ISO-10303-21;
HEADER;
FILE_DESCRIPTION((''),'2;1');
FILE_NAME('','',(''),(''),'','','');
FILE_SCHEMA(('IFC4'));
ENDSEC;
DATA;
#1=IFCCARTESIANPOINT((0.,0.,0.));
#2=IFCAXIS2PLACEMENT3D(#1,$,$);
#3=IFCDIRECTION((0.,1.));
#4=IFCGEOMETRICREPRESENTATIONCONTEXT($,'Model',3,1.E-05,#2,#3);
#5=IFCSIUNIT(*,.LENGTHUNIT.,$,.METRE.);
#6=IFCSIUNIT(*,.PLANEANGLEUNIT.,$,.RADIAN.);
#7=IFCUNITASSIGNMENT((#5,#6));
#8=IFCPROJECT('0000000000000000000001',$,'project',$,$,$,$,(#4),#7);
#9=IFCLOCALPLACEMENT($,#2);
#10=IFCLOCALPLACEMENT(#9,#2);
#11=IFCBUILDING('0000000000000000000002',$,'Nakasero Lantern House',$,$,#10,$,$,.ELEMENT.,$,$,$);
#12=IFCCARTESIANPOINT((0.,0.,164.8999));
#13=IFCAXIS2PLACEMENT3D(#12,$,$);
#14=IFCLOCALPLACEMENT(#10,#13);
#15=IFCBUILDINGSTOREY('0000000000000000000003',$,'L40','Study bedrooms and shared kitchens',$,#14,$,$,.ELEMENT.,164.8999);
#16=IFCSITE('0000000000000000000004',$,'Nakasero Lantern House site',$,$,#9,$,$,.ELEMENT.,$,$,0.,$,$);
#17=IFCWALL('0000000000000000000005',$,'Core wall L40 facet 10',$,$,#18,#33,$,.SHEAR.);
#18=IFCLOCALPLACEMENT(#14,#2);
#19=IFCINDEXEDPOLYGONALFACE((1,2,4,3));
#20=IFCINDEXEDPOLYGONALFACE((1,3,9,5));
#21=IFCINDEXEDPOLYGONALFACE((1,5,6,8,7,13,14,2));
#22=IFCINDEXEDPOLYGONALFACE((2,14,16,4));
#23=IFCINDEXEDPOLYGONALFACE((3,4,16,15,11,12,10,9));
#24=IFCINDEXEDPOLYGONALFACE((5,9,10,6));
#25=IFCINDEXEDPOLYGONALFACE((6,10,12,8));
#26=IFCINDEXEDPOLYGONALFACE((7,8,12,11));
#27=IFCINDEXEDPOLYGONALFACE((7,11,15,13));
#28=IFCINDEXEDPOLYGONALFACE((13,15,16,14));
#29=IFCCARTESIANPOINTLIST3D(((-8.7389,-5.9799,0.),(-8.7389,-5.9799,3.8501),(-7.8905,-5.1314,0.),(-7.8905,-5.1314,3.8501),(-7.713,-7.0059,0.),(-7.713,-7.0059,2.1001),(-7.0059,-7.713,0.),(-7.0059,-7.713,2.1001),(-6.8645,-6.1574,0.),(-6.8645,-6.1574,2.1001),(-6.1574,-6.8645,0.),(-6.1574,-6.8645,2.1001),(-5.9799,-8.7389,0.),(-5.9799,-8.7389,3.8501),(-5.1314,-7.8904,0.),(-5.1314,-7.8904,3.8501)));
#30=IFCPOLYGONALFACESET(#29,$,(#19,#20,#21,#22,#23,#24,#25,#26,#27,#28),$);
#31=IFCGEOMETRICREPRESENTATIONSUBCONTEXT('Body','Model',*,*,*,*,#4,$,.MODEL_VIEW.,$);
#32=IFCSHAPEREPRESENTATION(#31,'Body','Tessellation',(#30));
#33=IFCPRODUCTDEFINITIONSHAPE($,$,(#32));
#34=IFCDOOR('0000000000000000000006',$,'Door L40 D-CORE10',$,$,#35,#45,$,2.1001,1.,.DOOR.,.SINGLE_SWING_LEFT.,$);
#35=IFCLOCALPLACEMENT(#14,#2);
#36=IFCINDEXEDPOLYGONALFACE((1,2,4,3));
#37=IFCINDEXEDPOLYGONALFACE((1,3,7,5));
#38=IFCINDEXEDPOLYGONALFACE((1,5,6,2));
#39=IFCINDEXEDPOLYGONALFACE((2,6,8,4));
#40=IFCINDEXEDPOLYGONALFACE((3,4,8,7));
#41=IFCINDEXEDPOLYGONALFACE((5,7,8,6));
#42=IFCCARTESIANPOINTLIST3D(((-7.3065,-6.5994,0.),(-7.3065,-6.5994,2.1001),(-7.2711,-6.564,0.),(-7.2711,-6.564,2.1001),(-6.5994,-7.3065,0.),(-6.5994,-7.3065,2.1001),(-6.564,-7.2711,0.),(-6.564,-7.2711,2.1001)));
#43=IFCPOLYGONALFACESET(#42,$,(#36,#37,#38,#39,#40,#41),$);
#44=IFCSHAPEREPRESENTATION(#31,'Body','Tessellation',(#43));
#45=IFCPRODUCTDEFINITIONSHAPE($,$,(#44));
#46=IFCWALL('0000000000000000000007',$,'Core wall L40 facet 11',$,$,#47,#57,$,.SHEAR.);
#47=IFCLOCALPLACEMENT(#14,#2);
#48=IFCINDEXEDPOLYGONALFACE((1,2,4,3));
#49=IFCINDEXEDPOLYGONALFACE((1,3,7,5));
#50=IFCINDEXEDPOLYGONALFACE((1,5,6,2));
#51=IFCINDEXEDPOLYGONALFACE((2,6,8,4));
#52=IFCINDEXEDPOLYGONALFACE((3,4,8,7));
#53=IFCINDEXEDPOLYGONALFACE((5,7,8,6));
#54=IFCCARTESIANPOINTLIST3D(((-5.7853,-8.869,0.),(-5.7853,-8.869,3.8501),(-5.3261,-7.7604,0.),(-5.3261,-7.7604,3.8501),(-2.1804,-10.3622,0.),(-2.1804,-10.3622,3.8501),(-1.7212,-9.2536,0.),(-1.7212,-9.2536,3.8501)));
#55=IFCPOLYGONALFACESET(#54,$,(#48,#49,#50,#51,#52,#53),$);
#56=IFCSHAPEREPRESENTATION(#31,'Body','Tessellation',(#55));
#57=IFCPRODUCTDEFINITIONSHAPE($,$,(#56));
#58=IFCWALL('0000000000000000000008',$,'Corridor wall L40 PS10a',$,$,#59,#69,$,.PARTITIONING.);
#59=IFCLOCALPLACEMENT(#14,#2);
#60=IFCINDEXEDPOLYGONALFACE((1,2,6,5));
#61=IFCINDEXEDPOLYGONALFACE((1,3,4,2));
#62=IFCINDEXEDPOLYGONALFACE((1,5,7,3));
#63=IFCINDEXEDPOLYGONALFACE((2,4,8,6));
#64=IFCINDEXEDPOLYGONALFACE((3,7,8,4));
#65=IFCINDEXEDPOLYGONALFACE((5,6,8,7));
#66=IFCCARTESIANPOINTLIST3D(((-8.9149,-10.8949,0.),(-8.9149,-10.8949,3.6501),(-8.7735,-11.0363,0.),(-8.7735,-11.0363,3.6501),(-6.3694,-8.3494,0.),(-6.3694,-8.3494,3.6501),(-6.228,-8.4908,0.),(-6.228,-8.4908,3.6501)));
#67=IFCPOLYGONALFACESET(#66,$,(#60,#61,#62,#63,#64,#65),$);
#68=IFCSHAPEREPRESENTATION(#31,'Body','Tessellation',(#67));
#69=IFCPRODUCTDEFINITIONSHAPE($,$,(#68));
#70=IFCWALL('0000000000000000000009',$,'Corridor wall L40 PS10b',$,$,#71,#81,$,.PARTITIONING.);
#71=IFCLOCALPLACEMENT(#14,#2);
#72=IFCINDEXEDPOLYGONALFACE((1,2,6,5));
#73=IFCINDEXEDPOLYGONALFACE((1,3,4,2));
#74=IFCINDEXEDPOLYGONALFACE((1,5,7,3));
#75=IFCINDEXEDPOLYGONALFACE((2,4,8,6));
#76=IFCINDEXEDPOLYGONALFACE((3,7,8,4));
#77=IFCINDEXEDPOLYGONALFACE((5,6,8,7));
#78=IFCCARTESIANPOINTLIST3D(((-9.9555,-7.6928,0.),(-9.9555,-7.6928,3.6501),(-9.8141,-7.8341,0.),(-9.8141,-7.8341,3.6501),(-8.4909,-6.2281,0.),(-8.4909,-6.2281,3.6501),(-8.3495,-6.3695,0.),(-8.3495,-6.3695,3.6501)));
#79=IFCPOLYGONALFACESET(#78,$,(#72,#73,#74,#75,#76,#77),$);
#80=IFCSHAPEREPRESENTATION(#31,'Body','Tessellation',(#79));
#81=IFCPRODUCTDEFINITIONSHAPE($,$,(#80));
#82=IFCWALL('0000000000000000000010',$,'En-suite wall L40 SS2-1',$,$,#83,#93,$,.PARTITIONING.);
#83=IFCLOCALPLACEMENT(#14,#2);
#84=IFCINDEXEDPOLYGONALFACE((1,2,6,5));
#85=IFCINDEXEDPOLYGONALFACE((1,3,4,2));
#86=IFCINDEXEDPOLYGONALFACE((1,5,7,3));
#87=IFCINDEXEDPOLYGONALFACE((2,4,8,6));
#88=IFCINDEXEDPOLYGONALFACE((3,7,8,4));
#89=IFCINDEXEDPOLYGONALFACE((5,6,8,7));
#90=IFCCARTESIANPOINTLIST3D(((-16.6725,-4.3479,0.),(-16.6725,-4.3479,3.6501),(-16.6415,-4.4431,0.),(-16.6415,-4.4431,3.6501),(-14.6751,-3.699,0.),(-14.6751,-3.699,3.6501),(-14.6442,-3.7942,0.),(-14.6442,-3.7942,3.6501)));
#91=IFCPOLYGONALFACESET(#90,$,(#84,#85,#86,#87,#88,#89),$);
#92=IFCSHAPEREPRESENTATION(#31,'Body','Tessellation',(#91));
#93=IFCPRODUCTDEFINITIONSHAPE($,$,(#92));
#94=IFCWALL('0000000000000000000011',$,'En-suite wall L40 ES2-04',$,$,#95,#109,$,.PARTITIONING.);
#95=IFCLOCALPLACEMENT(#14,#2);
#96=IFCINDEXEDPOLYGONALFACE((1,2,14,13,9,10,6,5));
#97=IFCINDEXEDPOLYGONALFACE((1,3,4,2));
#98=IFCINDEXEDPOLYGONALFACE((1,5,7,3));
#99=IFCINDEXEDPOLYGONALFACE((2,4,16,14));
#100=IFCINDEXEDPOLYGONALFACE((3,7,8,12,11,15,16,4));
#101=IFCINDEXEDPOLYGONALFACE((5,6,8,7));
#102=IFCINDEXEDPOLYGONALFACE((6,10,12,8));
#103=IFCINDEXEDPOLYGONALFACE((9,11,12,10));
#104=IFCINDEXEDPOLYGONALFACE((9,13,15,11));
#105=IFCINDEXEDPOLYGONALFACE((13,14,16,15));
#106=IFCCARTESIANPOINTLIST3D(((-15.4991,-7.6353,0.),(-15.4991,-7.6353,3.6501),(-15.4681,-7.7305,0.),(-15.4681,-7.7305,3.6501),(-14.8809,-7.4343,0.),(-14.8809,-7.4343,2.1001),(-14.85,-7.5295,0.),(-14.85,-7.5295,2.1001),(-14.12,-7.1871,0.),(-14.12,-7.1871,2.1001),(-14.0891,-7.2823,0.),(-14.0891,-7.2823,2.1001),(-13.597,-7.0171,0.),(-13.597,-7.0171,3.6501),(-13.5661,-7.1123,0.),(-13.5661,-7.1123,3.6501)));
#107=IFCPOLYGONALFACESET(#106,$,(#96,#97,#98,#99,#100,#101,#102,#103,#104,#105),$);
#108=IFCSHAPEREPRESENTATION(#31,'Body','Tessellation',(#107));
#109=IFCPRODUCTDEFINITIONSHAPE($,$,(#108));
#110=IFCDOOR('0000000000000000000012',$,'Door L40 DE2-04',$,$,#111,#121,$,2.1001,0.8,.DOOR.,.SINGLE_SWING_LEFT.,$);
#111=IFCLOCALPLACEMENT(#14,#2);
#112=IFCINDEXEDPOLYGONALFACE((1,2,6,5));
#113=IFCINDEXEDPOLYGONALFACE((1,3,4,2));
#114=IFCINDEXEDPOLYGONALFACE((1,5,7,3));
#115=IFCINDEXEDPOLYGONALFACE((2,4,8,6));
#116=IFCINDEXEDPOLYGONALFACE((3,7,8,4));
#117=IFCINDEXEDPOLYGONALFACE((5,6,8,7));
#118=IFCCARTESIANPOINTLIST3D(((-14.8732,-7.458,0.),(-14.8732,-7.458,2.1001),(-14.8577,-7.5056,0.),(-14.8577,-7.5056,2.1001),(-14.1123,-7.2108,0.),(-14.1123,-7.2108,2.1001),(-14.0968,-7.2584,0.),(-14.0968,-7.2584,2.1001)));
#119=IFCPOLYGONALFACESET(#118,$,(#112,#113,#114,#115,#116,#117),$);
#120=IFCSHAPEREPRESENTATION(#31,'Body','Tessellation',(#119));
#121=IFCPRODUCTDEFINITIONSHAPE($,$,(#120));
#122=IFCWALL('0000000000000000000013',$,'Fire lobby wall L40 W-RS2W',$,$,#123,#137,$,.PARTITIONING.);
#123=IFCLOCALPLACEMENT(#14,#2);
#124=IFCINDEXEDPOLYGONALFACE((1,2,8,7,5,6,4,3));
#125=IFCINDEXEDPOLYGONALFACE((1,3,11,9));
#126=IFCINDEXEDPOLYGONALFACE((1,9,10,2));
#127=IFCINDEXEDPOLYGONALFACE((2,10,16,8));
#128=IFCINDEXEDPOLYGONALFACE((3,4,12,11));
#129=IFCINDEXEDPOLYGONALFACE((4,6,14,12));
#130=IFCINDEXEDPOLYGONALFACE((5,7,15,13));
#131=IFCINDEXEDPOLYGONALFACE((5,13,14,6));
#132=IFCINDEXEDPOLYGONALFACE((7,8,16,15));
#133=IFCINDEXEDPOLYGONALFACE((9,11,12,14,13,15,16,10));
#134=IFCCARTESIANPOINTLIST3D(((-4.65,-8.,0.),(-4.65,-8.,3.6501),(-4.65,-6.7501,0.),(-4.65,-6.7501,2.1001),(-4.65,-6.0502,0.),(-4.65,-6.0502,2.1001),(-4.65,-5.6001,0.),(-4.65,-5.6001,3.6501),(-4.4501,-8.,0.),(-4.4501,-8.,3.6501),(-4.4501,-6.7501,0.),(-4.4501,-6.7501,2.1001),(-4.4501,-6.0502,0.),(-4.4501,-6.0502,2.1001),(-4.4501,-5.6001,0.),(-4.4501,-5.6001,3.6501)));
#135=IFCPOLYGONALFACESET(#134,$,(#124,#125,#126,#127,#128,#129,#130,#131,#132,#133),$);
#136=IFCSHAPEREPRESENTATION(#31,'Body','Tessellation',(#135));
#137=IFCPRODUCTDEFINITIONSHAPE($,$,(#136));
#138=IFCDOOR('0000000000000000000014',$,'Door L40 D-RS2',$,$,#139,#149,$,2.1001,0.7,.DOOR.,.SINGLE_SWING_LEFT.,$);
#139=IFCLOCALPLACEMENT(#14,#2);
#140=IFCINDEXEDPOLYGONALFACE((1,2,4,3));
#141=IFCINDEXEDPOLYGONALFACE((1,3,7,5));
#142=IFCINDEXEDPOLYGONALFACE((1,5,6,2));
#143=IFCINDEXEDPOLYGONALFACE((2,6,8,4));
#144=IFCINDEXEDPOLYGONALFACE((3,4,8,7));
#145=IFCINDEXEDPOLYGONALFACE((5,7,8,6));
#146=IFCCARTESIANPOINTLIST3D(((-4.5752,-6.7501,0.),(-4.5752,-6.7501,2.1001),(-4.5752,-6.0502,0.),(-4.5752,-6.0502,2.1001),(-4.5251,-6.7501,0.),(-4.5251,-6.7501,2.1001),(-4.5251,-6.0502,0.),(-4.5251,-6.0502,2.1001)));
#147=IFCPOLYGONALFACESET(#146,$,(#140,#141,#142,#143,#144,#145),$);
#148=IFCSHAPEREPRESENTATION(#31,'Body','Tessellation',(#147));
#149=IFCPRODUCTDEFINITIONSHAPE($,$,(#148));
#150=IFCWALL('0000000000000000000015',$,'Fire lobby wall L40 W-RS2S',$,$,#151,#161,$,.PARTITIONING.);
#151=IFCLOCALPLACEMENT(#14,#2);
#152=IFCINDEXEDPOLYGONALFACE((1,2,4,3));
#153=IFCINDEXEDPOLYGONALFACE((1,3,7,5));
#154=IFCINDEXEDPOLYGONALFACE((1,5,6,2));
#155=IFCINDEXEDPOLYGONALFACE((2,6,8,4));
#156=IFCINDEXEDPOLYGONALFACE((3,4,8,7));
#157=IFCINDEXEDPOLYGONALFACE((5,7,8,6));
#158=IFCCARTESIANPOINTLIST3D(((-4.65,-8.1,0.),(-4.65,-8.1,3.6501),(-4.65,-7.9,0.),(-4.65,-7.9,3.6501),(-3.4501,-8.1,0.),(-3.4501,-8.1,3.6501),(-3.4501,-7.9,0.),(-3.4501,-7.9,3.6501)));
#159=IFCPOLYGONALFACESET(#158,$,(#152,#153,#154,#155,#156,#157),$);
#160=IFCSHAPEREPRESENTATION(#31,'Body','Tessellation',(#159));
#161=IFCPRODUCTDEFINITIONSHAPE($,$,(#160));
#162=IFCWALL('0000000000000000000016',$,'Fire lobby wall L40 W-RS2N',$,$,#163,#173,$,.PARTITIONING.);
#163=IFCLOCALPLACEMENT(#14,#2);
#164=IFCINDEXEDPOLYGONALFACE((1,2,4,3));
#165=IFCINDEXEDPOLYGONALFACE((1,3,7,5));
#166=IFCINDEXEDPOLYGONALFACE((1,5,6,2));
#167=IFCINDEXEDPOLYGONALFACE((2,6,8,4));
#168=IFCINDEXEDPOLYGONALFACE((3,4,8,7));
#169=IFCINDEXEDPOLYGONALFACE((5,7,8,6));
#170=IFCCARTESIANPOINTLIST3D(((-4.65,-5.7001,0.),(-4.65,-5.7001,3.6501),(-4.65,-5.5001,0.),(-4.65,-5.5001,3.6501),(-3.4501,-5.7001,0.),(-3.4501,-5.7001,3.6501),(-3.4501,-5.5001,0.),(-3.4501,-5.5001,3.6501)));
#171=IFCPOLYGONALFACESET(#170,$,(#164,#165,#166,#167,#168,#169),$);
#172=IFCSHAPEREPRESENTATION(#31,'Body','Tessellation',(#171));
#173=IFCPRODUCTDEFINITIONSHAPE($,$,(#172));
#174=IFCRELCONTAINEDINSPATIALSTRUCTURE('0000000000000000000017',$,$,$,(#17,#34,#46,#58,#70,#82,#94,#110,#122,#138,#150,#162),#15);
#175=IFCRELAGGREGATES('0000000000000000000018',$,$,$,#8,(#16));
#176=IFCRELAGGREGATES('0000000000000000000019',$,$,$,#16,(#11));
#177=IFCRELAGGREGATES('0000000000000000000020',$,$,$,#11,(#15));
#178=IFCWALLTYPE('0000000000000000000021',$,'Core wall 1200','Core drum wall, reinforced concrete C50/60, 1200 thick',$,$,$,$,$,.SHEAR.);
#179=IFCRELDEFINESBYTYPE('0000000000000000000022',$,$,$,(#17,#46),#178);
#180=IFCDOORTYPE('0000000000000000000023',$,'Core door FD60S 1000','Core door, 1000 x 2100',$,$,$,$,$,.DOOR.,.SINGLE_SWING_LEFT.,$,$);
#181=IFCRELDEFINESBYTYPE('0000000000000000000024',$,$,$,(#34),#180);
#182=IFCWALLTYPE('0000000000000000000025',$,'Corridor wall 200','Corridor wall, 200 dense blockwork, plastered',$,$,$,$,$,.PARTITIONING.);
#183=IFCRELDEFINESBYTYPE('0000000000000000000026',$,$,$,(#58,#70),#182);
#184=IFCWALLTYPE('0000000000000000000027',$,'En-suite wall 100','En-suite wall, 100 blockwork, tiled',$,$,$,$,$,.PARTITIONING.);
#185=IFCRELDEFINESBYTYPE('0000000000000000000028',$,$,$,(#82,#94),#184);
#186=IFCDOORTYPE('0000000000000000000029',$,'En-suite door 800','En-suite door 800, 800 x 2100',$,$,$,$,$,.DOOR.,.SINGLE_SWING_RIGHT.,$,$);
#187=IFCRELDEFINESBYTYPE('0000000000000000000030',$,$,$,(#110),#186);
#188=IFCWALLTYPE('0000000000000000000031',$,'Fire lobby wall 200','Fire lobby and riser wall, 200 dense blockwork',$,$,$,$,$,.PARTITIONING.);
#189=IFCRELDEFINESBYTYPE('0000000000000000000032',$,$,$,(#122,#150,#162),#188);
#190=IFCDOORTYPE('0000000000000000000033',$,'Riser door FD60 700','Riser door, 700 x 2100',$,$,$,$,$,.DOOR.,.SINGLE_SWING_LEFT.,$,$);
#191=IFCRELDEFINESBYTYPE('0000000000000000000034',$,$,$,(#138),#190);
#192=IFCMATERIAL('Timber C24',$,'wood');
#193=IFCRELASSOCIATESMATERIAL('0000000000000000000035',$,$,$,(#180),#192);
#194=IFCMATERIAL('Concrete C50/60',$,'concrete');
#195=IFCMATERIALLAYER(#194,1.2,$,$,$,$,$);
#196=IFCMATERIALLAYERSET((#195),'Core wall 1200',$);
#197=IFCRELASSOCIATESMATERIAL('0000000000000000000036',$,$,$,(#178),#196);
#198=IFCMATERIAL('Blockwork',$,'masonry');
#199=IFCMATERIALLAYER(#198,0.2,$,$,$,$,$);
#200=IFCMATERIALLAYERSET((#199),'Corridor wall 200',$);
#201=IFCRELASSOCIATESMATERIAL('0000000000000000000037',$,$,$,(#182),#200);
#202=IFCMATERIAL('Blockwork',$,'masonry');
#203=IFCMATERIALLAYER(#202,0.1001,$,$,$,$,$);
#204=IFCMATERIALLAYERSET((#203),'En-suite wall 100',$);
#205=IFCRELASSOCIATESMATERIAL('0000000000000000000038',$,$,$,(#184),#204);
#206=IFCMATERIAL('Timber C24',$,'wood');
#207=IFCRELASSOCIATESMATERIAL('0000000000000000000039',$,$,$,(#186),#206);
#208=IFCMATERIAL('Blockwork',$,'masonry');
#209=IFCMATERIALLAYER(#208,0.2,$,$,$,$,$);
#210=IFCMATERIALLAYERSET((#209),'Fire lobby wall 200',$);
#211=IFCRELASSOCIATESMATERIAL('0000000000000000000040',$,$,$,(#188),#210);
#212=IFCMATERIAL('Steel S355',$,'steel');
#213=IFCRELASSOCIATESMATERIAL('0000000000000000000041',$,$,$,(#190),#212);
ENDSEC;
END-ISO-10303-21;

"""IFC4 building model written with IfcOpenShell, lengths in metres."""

from ifc_helpers import new_model, si_unit, direction, frame, frame_2d, origin, place, context, subcontext, project, spatial, rectangle, extrude, material, layer, layer_set, type_object, element, fill, save


model = new_model("IFC4")

# Units and contexts
model_context = context("Model", 3, precision=1e-05, world=origin(), true_north=direction((0.0, 1.0)))
body_context = subcontext(model_context, "Body", "Model", "MODEL_VIEW")
ifc_project = project(units=[si_unit("LENGTHUNIT", "METRE"), si_unit("PLANEANGLEUNIT", "RADIAN")], contexts=[model_context])

# Site, building, storey
site_placement = place(None, origin())
site = spatial("IfcSite", under=ifc_project, at=site_placement, Name="Nakasero Lantern House site", CompositionType="ELEMENT", RefElevation=0.0)
building_placement = place(site_placement, origin())
building = spatial("IfcBuilding", under=site, at=building_placement, Name="Nakasero Lantern House", CompositionType="ELEMENT")
storey_placement = place(building_placement, frame((0.0, 0.0, 164.8999)))
storey = spatial("IfcBuildingStorey", under=building, at=storey_placement, Name="L40", Description="Study bedrooms and shared kitchens", CompositionType="ELEMENT", Elevation=164.8999)

# Shared definitions
ifc_material_1 = material(Name="Timber C24", Category="wood")
door_type_1 = type_object("IfcDoorType", Name="Core door FD60S 1000", Description="Core door, 1000 x 2100", OperationType="SINGLE_SWING_LEFT", PredefinedType="DOOR", material=ifc_material_1)

# Shared definitions
ifc_material_2 = material(Name="Concrete C50/60", Category="concrete")
ifc_layer_1 = layer(ifc_material_2, 1.2)
ifc_layer_set_1 = layer_set([ifc_layer_1], Name="Core wall 1200")
wall_type_1 = type_object("IfcWallType", Name="Core wall 1200", Description="Core drum wall, reinforced concrete C50/60, 1200 thick", PredefinedType="SHEAR", material=ifc_layer_set_1)

# Wall, opening, door
wall_1_placement = place(storey_placement, frame((-8.3147, -5.5557, 0.0), z_axis=(0.0, 0.0, 1.0), x_axis=(0.707107, -0.707107, 0.0)))
wall_1 = element("IfcWall", 1, at=wall_1_placement, inside=storey, type_object=wall_type_1, Name="Core wall L40 facet 10", PredefinedType="SHEAR", context=body_context, shape_type="SweptSolid", body=[
    extrude(rectangle(XDim=3.9019, YDim=1.2, at=frame_2d((1.9509, 0.0))), origin(), (0.0, 0.0, 1.0), 3.8501),
])
opening_1_placement = place(wall_1_placement, frame((1.4509, 0.0, 0.0)))
opening_1 = element("IfcOpeningElement", 2, at=opening_1_placement, cuts=wall_1, PredefinedType="OPENING", context=body_context, shape_type="SweptSolid", body=[
    extrude(rectangle(XDim=1.0, YDim=2.1001, at=frame_2d((0.5, 1.05))), frame((0.0, 0.6199, 0.0), z_axis=(0.0, -1.0, 0.0), x_axis=(1.0, 0.0, 0.0)), (0.0, 0.0, 1.0), 1.24),
])
door_1_placement = place(opening_1_placement, origin())
door_1 = element("IfcDoor", 3, at=door_1_placement, inside=storey, type_object=door_type_1, Name="Door L40 D-CORE10", OperationType="SINGLE_SWING_LEFT", OverallHeight=2.1001, OverallWidth=1.0, PredefinedType="DOOR", context=body_context, shape_type="SweptSolid", body=[
    extrude(rectangle(XDim=1.0, YDim=2.1001, at=frame_2d((0.5, 1.05))), frame((0.0, 0.0249, 0.0), z_axis=(0.0, -1.0, 0.0), x_axis=(1.0, 0.0, 0.0)), (0.0, 0.0, 1.0), 0.05),
])
fill(opening_1, door_1)

# Walls
wall_2_placement = place(storey_placement, frame((-5.5557, -8.3147, 0.0), z_axis=(0.0, 0.0, 1.0), x_axis=(0.923877, -0.382691, 0.0)))
element("IfcWall", 4, at=wall_2_placement, inside=storey, type_object=wall_type_1, Name="Core wall L40 facet 11", PredefinedType="SHEAR", context=body_context, shape_type="SweptSolid", body=[
    extrude(rectangle(XDim=3.9019, YDim=1.2, at=frame_2d((1.9509, 0.0))), origin(), (0.0, 0.0, 1.0), 3.8501),
])
ifc_material_3 = material(Name="Blockwork", Category="masonry")
ifc_layer_2 = layer(ifc_material_3, 0.2)
ifc_layer_set_2 = layer_set([ifc_layer_2], Name="Corridor wall 200")
wall_type_2 = type_object("IfcWallType", Name="Corridor wall 200", Description="Corridor wall, 200 dense blockwork, plastered", PredefinedType="PARTITIONING", material=ifc_layer_set_2)
wall_3_placement = place(storey_placement, frame((-6.2988, -8.4202, 0.0), z_axis=(0.0, 0.0, 1.0), x_axis=(-0.707107, -0.707107, 0.0)))
element("IfcWall", 5, at=wall_3_placement, inside=storey, type_object=wall_type_2, Name="Corridor wall L40 PS10a", PredefinedType="PARTITIONING", context=body_context, shape_type="SweptSolid", body=[
    extrude(rectangle(XDim=3.5999, YDim=0.2, at=frame_2d((1.7998, 0.0))), origin(), (0.0, 0.0, 1.0), 3.6501),
])
wall_4_placement = place(storey_placement, frame((-8.4202, -6.2988, 0.0), z_axis=(0.0, 0.0, 1.0), x_axis=(-0.707107, -0.707107, 0.0)))
element("IfcWall", 6, at=wall_4_placement, inside=storey, type_object=wall_type_2, Name="Corridor wall L40 PS10b", PredefinedType="PARTITIONING", context=body_context, shape_type="SweptSolid", body=[
    extrude(rectangle(XDim=2.0713, YDim=0.2, at=frame_2d((1.0356, 0.0))), origin(), (0.0, 0.0, 1.0), 3.6501),
])
ifc_material_4 = material(Name="Blockwork", Category="masonry")
ifc_layer_3 = layer(ifc_material_4, 0.1001)
ifc_layer_set_3 = layer_set([ifc_layer_3], Name="En-suite wall 100")
wall_type_3 = type_object("IfcWallType", Name="En-suite wall 100", Description="En-suite wall, 100 blockwork, tiled", PredefinedType="PARTITIONING", material=ifc_layer_set_3)
wall_5_placement = place(storey_placement, frame((-14.6597, -3.7466, 0.0), z_axis=(0.0, 0.0, 1.0), x_axis=(-0.951062, -0.308999, 0.0)))
element("IfcWall", 7, at=wall_5_placement, inside=storey, type_object=wall_type_3, Name="En-suite wall L40 SS2-1", PredefinedType="PARTITIONING", context=body_context, shape_type="SweptSolid", body=[
    extrude(rectangle(XDim=2.1001, YDim=0.1001, at=frame_2d((1.05, 0.0))), origin(), (0.0, 0.0, 1.0), 3.6501),
])

# Walls, openings, doors
wall_6_placement = place(storey_placement, frame((-13.5815, -7.0647, 0.0), z_axis=(0.0, 0.0, 1.0), x_axis=(-0.951037, -0.309078, 0.0)))
wall_6 = element("IfcWall", 8, at=wall_6_placement, inside=storey, type_object=wall_type_3, Name="En-suite wall L40 ES2-04", PredefinedType="PARTITIONING", context=body_context, shape_type="SweptSolid", body=[
    extrude(rectangle(XDim=2.0, YDim=0.1001, at=frame_2d((1.0, 0.0))), origin(), (0.0, 0.0, 1.0), 3.6501),
])
opening_2_placement = place(wall_6_placement, frame((0.55, 0.0, 0.0)))
opening_2 = element("IfcOpeningElement", 9, at=opening_2_placement, cuts=wall_6, PredefinedType="OPENING", context=body_context, shape_type="SweptSolid", body=[
    extrude(rectangle(XDim=0.8, YDim=2.1001, at=frame_2d((0.3999, 1.05))), frame((0.0, 0.0701, 0.0), z_axis=(0.0, -1.0, 0.0), x_axis=(1.0, 0.0, 0.0)), (0.0, 0.0, 1.0), 0.1401),
])
ifc_material_5 = material(Name="Timber C24", Category="wood")
door_type_2 = type_object("IfcDoorType", Name="En-suite door 800", Description="En-suite door 800, 800 x 2100", OperationType="SINGLE_SWING_RIGHT", PredefinedType="DOOR", material=ifc_material_5)
door_2_placement = place(opening_2_placement, origin())
door_2 = element("IfcDoor", 10, at=door_2_placement, inside=storey, type_object=door_type_2, Name="Door L40 DE2-04", OperationType="SINGLE_SWING_LEFT", OverallHeight=2.1001, OverallWidth=0.8, PredefinedType="DOOR", context=body_context, shape_type="SweptSolid", body=[
    extrude(rectangle(XDim=0.8, YDim=2.1001, at=frame_2d((0.3999, 1.05))), frame((0.0, 0.0249, 0.0), z_axis=(0.0, -1.0, 0.0), x_axis=(1.0, 0.0, 0.0)), (0.0, 0.0, 1.0), 0.05),
])
fill(opening_2, door_2)
ifc_material_6 = material(Name="Blockwork", Category="masonry")
ifc_layer_4 = layer(ifc_material_6, 0.2)
ifc_layer_set_4 = layer_set([ifc_layer_4], Name="Fire lobby wall 200")
wall_type_4 = type_object("IfcWallType", Name="Fire lobby wall 200", Description="Fire lobby and riser wall, 200 dense blockwork", PredefinedType="PARTITIONING", material=ifc_layer_set_4)
wall_7_placement = place(storey_placement, frame((-4.55, -5.6001, 0.0), z_axis=(0.0, 0.0, 1.0), x_axis=(0.0, -1.0, 0.0)))
wall_7 = element("IfcWall", 11, at=wall_7_placement, inside=storey, type_object=wall_type_4, Name="Fire lobby wall L40 W-RS2W", PredefinedType="PARTITIONING", context=body_context, shape_type="SweptSolid", body=[
    extrude(rectangle(XDim=2.3999, YDim=0.2, at=frame_2d((1.2, 0.0))), origin(), (0.0, 0.0, 1.0), 3.6501),
])
opening_3_placement = place(wall_7_placement, frame((0.45, 0.0, 0.0)))
opening_3 = element("IfcOpeningElement", 12, at=opening_3_placement, cuts=wall_7, PredefinedType="OPENING", context=body_context, shape_type="SweptSolid", body=[
    extrude(rectangle(XDim=0.7, YDim=2.1001, at=frame_2d((0.3501, 1.05))), frame((0.0, 0.1199, 0.0), z_axis=(0.0, -1.0, 0.0), x_axis=(1.0, 0.0, 0.0)), (0.0, 0.0, 1.0), 0.24),
])
ifc_material_7 = material(Name="Steel S355", Category="steel")
door_type_3 = type_object("IfcDoorType", Name="Riser door FD60 700", Description="Riser door, 700 x 2100", OperationType="SINGLE_SWING_LEFT", PredefinedType="DOOR", material=ifc_material_7)
door_3_placement = place(opening_3_placement, origin())
door_3 = element("IfcDoor", 13, at=door_3_placement, inside=storey, type_object=door_type_3, Name="Door L40 D-RS2", OperationType="SINGLE_SWING_LEFT", OverallHeight=2.1001, OverallWidth=0.7, PredefinedType="DOOR", context=body_context, shape_type="SweptSolid", body=[
    extrude(rectangle(XDim=0.7, YDim=2.1001, at=frame_2d((0.3501, 1.05))), frame((0.0, 0.0249, 0.0), z_axis=(0.0, -1.0, 0.0), x_axis=(1.0, 0.0, 0.0)), (0.0, 0.0, 1.0), 0.05),
])
fill(opening_3, door_3)

# Walls
for number, where, z_axis, x_axis, name in (
    (14, (-3.45, -8.0, 0.0), (0.0, 0.0, 1.0), (-1.0, 0.0, 0.0), "Fire lobby wall L40 W-RS2S"),
    (15, (-3.45, -5.6001, 0.0), (0.0, 0.0, 1.0), (-1.0, 0.0, 0.0), "Fire lobby wall L40 W-RS2N"),
):
    element("IfcWall", number, at=place(storey_placement, frame(where, z_axis=z_axis, x_axis=x_axis)), inside=storey, type_object=wall_type_4, Name=name, PredefinedType="PARTITIONING", context=body_context, shape_type="SweptSolid", body=[
        extrude(rectangle(XDim=1.2, YDim=0.2, at=frame_2d((0.6001, 0.0))), origin(), (0.0, 0.0, 1.0), 3.6501),
    ])

save(model, "model.ifc")
